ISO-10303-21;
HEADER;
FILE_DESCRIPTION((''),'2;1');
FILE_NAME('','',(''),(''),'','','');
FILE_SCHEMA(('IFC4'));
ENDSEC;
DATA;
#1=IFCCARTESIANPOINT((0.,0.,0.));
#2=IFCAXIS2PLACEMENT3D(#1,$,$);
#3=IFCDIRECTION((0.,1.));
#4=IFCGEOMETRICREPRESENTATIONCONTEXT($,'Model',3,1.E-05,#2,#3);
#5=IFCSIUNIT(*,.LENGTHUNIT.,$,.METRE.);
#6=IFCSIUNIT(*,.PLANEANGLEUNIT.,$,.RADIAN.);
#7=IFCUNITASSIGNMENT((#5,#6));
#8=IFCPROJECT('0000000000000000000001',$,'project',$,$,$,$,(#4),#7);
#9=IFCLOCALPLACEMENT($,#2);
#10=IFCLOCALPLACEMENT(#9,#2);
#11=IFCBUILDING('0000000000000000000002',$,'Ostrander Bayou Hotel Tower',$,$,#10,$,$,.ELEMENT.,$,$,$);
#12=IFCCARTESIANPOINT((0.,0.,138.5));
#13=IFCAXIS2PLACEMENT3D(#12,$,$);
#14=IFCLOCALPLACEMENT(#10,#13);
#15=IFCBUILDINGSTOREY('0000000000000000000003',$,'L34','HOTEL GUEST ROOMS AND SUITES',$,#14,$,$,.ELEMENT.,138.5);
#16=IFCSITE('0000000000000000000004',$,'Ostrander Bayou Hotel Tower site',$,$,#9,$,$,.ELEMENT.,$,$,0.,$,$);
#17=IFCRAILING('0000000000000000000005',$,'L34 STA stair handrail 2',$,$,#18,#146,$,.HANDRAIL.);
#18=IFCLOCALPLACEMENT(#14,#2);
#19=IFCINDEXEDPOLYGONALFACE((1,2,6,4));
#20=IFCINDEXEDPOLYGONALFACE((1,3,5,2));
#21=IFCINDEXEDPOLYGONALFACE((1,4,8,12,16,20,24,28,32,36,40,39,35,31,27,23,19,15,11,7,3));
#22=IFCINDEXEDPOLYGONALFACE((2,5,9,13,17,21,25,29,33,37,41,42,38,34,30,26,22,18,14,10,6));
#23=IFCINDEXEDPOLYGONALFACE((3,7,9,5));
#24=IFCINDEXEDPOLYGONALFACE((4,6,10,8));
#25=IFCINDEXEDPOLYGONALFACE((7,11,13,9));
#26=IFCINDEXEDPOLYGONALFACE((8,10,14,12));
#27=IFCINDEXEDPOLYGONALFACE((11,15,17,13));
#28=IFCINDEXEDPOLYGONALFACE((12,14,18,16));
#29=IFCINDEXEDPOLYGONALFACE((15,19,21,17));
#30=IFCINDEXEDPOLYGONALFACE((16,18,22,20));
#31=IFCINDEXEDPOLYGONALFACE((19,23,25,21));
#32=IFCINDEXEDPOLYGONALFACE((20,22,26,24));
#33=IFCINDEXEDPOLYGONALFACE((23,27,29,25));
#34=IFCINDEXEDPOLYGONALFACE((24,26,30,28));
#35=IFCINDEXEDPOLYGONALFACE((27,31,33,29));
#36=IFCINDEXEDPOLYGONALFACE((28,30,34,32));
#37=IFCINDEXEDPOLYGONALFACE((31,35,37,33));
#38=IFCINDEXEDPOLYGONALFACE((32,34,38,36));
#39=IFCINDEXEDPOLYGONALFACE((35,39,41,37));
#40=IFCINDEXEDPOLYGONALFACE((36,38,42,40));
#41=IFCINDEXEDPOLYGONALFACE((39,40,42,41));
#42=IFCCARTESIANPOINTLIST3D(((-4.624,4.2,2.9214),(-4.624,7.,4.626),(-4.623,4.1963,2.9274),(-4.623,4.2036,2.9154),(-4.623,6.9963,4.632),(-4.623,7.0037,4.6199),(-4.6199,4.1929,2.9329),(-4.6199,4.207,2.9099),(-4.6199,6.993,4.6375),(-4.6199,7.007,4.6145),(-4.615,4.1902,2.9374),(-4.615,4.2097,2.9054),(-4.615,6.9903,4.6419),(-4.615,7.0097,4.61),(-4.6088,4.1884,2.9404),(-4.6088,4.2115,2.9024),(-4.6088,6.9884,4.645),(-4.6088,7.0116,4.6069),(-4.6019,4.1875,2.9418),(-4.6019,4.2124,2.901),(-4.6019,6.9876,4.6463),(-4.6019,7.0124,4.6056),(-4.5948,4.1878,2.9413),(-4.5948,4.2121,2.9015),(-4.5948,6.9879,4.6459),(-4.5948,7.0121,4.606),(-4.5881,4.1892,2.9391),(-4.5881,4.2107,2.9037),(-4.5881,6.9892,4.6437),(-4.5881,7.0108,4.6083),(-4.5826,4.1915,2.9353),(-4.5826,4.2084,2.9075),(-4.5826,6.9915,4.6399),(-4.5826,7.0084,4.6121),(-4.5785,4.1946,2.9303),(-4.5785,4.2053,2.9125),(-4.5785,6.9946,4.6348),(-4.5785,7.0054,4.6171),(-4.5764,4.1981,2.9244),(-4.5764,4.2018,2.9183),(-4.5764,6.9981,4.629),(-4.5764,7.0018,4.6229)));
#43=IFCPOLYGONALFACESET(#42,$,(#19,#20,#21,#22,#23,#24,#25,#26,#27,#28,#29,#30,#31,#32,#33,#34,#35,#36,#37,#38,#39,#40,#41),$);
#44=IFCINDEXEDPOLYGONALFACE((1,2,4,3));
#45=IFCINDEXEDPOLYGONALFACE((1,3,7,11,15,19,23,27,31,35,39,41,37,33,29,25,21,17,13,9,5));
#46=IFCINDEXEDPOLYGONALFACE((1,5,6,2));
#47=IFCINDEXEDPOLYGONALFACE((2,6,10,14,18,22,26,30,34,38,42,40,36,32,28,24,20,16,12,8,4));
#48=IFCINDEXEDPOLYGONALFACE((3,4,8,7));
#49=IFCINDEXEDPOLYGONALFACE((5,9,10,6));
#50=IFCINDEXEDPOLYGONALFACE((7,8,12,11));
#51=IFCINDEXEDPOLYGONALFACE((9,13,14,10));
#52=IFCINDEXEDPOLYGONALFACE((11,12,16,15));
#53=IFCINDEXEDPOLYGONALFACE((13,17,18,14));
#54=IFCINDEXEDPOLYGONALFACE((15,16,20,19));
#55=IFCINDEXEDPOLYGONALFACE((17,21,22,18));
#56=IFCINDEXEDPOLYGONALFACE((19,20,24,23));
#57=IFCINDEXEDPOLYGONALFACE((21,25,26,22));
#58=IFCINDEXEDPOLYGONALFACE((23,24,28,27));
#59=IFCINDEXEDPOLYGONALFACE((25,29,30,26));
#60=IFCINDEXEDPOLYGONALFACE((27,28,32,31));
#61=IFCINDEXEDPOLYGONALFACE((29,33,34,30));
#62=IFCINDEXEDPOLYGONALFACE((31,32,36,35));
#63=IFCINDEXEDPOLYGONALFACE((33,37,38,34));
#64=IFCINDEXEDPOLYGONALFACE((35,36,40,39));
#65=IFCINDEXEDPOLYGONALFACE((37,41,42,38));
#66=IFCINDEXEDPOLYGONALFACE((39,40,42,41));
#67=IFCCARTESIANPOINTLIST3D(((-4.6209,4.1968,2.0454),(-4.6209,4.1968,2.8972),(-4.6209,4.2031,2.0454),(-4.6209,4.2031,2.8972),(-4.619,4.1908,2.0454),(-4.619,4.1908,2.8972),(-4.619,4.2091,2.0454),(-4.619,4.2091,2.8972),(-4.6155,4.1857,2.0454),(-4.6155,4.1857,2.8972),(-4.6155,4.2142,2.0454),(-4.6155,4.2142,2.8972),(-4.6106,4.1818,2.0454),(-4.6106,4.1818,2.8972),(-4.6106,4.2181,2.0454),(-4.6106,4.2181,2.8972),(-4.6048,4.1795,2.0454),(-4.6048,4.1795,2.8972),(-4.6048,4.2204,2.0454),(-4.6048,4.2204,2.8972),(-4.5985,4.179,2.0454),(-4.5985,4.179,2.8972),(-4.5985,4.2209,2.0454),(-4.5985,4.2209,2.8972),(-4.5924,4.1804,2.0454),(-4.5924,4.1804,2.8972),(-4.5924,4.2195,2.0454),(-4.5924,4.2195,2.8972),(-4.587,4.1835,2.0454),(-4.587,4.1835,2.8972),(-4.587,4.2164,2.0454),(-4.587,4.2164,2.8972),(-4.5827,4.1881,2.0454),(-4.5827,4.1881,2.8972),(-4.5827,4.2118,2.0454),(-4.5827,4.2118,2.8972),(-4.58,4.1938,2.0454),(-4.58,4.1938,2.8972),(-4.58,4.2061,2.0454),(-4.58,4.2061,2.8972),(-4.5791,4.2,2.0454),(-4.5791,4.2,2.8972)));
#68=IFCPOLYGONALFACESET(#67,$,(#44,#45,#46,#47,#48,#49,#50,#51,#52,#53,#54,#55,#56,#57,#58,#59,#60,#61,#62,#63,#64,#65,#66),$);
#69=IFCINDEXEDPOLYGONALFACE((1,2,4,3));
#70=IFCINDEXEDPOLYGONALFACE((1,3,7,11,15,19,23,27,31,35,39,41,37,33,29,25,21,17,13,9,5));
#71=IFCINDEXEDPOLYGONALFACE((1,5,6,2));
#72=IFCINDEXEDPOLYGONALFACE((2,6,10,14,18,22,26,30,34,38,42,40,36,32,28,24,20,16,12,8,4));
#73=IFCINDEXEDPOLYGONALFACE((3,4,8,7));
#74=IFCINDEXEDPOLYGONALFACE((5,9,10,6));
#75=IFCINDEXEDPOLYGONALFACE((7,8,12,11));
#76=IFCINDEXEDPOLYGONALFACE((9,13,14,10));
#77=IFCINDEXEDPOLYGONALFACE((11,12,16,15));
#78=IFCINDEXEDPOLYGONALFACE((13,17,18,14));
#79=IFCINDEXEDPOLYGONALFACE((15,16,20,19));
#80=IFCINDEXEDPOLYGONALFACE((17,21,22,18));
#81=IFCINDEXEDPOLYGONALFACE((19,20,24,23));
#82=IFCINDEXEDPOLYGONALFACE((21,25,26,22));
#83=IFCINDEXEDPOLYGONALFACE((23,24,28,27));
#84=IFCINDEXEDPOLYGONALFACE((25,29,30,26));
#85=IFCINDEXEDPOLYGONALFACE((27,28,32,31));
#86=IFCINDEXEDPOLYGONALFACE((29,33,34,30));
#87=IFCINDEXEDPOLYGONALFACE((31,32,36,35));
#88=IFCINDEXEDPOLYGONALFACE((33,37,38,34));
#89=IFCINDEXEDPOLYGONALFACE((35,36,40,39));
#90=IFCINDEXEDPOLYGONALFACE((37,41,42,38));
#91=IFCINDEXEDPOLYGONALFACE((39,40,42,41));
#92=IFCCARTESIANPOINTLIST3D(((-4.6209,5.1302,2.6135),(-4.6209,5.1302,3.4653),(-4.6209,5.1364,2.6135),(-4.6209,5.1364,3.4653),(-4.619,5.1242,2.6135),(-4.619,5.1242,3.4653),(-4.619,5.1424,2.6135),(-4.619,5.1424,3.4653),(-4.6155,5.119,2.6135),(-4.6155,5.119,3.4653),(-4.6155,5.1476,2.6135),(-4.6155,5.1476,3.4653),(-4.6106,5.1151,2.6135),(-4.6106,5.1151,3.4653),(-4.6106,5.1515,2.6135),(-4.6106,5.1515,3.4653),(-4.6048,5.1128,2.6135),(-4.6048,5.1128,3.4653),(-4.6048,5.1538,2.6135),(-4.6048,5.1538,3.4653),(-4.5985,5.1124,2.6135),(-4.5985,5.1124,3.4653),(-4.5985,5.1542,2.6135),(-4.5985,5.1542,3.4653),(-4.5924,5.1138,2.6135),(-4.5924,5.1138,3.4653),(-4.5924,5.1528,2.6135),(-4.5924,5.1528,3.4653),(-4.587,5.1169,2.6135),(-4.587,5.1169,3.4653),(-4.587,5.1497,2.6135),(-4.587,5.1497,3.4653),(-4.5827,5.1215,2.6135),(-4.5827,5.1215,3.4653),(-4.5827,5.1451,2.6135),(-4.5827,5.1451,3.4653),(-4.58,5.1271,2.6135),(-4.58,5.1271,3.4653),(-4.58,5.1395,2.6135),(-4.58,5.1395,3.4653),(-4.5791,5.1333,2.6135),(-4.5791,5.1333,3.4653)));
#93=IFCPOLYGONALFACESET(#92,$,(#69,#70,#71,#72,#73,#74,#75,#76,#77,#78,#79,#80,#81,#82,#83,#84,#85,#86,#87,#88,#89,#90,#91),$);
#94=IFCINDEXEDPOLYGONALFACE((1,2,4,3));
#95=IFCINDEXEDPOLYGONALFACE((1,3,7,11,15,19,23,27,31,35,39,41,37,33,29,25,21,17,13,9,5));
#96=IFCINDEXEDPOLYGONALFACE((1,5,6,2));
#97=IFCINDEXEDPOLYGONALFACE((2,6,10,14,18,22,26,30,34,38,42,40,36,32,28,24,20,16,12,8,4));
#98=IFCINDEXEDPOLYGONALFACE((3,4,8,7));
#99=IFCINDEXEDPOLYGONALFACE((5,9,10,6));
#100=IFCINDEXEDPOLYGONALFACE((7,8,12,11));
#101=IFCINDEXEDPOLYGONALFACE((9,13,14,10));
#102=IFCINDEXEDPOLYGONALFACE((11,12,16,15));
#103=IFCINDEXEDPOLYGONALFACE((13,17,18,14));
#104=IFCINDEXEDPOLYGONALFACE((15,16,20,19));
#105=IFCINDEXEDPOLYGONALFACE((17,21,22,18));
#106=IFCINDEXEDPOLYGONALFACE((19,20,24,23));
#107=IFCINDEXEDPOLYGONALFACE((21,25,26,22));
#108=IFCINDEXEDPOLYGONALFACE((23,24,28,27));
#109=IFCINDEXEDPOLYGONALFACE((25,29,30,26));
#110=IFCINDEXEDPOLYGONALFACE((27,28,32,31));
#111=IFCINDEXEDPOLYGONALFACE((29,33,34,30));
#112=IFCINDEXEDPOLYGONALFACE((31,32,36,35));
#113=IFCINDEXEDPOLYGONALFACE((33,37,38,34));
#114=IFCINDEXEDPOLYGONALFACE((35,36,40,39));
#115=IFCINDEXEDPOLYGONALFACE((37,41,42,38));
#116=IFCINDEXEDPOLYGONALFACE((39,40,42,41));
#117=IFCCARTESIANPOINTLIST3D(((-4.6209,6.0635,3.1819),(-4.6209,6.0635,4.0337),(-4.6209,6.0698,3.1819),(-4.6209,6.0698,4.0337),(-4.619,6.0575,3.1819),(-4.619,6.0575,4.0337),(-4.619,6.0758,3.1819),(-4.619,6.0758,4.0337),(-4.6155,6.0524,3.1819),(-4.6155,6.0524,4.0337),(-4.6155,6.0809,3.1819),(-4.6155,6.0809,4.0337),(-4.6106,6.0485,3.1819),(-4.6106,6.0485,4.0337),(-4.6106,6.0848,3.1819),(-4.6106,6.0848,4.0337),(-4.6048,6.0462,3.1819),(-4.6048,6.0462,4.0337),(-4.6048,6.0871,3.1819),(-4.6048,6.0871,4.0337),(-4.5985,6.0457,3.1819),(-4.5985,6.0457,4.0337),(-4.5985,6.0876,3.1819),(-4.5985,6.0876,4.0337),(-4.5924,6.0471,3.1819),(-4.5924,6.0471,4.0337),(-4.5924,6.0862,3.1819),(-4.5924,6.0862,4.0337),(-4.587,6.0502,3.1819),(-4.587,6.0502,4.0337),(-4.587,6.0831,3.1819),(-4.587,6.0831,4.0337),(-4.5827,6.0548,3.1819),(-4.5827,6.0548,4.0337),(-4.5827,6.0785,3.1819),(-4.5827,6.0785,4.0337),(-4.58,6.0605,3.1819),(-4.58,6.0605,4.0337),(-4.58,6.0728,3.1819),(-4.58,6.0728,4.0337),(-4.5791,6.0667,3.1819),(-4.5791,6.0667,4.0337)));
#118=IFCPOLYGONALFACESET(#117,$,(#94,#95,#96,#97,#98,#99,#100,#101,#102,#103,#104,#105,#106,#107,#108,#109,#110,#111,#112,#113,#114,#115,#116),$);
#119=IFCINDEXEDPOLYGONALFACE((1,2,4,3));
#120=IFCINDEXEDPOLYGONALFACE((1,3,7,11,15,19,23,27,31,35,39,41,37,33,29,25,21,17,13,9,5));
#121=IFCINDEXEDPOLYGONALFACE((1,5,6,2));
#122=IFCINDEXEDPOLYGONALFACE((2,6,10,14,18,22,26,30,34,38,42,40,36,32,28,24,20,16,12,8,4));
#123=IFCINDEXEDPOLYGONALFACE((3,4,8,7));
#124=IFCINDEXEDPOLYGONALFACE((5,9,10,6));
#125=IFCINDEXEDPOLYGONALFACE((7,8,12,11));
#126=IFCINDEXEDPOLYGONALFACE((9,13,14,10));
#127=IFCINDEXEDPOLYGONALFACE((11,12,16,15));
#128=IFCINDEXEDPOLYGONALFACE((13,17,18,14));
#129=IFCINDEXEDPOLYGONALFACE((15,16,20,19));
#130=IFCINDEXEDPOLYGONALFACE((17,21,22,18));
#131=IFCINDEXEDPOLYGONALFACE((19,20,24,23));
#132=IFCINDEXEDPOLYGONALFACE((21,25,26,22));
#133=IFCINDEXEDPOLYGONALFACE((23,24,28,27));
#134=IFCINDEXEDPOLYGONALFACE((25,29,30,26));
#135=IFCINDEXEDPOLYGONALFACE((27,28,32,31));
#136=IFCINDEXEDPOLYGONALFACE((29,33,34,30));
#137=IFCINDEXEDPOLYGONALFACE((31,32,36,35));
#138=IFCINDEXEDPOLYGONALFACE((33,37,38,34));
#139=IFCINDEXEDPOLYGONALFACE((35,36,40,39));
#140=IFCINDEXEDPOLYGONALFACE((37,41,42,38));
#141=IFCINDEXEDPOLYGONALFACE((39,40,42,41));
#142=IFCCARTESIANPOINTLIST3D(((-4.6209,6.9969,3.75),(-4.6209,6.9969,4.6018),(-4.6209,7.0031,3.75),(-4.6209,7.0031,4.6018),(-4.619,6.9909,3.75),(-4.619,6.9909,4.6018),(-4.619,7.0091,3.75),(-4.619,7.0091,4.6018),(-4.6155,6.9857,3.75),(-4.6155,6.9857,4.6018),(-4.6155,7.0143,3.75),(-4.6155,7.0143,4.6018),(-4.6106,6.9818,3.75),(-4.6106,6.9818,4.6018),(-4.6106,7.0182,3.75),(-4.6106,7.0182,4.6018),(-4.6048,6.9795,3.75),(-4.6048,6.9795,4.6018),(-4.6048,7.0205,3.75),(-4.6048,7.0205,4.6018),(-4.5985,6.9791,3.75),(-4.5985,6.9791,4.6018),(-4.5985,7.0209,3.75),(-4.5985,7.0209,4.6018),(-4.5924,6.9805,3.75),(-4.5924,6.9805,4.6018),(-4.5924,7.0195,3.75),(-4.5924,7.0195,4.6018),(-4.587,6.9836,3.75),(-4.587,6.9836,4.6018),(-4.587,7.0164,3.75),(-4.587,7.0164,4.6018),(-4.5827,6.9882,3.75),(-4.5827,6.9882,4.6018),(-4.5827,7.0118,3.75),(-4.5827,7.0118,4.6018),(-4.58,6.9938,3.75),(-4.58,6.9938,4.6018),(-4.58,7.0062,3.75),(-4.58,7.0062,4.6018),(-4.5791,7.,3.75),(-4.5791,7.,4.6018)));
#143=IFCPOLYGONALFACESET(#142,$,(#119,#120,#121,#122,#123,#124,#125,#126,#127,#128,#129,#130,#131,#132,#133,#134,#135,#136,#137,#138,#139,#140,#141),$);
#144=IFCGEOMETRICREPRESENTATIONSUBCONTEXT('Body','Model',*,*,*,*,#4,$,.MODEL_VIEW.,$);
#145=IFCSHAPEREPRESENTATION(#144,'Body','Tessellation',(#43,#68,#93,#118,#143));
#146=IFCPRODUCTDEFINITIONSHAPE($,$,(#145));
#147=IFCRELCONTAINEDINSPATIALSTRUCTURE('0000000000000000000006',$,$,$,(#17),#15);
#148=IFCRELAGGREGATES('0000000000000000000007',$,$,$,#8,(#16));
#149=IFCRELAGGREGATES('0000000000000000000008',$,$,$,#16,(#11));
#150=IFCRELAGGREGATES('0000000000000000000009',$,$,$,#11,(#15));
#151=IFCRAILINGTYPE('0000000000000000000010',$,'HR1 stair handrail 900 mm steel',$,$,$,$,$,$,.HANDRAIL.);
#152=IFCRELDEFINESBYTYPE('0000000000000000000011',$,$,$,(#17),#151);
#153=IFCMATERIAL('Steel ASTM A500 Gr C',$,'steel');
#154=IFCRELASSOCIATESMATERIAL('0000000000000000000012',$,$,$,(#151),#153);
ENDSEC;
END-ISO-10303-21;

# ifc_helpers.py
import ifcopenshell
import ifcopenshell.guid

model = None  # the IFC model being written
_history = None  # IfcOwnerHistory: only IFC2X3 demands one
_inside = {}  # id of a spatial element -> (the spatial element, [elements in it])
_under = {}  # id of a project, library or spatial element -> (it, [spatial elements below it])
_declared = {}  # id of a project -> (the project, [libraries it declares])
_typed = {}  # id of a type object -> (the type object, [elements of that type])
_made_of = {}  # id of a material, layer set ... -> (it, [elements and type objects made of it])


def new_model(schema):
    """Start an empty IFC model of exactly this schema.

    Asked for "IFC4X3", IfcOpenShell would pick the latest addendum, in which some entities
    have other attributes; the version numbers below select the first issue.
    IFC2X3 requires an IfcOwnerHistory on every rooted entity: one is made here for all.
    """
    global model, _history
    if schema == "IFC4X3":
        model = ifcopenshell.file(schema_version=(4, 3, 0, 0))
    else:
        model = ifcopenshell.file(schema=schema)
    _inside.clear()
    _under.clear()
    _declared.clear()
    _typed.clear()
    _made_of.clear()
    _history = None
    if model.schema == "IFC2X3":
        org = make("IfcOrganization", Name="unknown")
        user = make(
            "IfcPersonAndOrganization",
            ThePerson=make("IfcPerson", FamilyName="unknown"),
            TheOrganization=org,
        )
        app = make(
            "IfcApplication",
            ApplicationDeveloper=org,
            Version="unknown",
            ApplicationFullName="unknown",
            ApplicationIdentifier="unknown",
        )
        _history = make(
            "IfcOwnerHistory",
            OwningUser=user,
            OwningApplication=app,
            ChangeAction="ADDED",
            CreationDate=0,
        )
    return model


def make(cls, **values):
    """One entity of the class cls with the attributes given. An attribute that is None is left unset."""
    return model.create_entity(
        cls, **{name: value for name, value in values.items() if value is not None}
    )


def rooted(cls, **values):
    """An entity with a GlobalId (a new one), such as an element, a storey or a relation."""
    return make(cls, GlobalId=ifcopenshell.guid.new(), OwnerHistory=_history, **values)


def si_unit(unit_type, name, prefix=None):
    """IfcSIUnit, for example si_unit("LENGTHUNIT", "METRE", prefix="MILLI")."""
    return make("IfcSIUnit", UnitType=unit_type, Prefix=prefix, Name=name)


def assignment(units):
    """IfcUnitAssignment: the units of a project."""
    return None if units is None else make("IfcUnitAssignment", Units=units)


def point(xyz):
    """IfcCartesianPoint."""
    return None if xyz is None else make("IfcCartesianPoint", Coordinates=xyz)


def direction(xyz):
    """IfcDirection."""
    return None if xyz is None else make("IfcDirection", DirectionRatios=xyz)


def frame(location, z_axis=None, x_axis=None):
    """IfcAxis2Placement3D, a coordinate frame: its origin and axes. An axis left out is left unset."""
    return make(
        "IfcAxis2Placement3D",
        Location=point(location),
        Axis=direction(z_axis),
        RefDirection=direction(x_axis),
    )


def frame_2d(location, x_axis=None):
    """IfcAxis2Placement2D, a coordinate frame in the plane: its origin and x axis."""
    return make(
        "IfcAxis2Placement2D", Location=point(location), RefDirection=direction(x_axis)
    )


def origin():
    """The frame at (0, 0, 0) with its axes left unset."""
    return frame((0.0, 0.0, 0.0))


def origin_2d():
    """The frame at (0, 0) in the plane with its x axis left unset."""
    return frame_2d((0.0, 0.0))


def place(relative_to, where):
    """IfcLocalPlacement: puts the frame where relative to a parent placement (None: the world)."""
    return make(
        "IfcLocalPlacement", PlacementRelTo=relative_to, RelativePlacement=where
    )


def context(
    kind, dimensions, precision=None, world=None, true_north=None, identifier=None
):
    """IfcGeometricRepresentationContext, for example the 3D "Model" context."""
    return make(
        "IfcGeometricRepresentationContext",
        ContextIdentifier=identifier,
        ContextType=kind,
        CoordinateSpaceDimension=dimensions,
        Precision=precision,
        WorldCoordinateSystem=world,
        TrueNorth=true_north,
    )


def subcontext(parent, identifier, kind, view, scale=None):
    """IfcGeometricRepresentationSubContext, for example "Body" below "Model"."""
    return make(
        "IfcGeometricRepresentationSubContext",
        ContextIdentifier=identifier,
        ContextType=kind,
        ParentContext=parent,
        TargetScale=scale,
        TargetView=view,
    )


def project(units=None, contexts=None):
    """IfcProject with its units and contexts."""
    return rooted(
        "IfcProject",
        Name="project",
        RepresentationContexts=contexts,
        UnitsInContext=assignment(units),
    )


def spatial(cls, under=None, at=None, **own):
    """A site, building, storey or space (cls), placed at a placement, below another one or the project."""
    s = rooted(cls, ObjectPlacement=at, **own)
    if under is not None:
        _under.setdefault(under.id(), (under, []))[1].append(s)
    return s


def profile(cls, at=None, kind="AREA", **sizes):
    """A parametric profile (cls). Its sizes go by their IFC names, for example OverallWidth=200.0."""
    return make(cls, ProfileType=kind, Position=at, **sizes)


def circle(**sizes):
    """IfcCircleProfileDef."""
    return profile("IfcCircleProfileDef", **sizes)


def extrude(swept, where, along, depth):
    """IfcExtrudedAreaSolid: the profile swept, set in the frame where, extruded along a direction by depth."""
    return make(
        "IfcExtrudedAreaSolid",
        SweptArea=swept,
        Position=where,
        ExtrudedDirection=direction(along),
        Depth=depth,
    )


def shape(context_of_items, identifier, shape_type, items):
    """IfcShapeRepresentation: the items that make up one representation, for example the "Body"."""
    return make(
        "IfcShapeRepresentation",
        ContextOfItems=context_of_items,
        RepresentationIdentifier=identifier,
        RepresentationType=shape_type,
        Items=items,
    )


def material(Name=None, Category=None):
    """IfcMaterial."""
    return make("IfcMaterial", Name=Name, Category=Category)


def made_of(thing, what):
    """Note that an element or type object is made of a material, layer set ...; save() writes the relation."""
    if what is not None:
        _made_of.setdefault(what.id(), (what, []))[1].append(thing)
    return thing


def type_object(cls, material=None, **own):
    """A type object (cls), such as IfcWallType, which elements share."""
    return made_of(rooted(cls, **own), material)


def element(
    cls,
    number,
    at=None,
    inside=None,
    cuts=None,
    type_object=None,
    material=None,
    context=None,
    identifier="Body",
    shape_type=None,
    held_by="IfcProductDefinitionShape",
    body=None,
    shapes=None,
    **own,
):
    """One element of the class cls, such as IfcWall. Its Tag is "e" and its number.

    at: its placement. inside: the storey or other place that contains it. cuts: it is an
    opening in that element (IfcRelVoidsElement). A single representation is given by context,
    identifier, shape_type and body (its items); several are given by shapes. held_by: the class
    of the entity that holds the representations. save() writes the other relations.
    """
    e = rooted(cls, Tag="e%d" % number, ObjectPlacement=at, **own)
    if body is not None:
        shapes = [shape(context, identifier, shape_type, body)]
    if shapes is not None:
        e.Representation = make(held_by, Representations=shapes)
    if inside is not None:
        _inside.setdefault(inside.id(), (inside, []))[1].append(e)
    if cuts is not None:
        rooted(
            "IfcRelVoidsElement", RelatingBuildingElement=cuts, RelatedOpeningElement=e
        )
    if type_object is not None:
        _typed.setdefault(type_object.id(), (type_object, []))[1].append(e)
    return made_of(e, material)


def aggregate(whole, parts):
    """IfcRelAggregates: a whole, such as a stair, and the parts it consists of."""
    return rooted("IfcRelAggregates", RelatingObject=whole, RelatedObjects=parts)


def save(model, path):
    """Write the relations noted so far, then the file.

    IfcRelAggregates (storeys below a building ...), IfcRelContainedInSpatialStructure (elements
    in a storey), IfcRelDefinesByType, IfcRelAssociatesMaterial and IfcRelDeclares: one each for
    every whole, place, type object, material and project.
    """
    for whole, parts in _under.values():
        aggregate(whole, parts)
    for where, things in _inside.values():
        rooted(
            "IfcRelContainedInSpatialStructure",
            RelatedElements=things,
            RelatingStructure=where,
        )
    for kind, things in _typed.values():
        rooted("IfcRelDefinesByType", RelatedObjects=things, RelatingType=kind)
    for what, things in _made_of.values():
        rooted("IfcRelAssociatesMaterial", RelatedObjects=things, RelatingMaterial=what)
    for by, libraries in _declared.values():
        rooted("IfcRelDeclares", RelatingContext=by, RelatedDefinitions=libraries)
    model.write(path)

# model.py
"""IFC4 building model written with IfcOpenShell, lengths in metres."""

from ifc_helpers import new_model, si_unit, direction, frame, origin, origin_2d, place, context, subcontext, project, spatial, circle, extrude, material, type_object, element, save


model = new_model("IFC4")

# Units and contexts
model_context = context("Model", 3, precision=1e-05, world=origin(), true_north=direction((0.0, 1.0)))
body_context = subcontext(model_context, "Body", "Model", "MODEL_VIEW")
ifc_project = project(units=[si_unit("LENGTHUNIT", "METRE"), si_unit("PLANEANGLEUNIT", "RADIAN")], contexts=[model_context])

# Site, building, storey
site_placement = place(None, origin())
site = spatial("IfcSite", under=ifc_project, at=site_placement, Name="Ostrander Bayou Hotel Tower site", CompositionType="ELEMENT", RefElevation=0.0)
building_placement = place(site_placement, origin())
building = spatial("IfcBuilding", under=site, at=building_placement, Name="Ostrander Bayou Hotel Tower", CompositionType="ELEMENT")
storey_placement = place(building_placement, frame((0.0, 0.0, 138.5)))
storey = spatial("IfcBuildingStorey", under=building, at=storey_placement, Name="L34", Description="HOTEL GUEST ROOMS AND SUITES", CompositionType="ELEMENT", Elevation=138.5)

# Railing
ifc_material_1 = material(Name="Steel ASTM A500 Gr C", Category="steel")
railing_type_1 = type_object("IfcRailingType", Name="HR1 stair handrail 900 mm steel", PredefinedType="HANDRAIL", material=ifc_material_1)
railing_1_placement = place(storey_placement, frame((-4.6001, 4.2, 2.0454)))
element("IfcRailing", 1, at=railing_1_placement, inside=storey, type_object=railing_type_1, Name="L34 STA stair handrail 2", PredefinedType="HANDRAIL", context=body_context, shape_type="SweptSolid", body=[
    extrude(circle(Radius=0.0239, at=origin_2d()), frame((0.0, 0.0, 0.876), z_axis=(0.0, 0.85417, 0.519994), x_axis=(-1.0, 0.0, 0.0)), (0.0, 0.0, 1.0), 3.2781),
    extrude(circle(Radius=0.021, at=origin_2d()), origin(), (0.0, 0.0, 1.0), 0.8518),
    extrude(circle(Radius=0.021, at=origin_2d()), frame((0.0, 0.9333, 0.5681)), (0.0, 0.0, 1.0), 0.8518),
    extrude(circle(Radius=0.021, at=origin_2d()), frame((0.0, 1.8667, 1.1365)), (0.0, 0.0, 1.0), 0.8518),
    extrude(circle(Radius=0.021, at=origin_2d()), frame((0.0, 2.8, 1.7046)), (0.0, 0.0, 1.0), 0.8518),
])

save(model, "model.ifc")
